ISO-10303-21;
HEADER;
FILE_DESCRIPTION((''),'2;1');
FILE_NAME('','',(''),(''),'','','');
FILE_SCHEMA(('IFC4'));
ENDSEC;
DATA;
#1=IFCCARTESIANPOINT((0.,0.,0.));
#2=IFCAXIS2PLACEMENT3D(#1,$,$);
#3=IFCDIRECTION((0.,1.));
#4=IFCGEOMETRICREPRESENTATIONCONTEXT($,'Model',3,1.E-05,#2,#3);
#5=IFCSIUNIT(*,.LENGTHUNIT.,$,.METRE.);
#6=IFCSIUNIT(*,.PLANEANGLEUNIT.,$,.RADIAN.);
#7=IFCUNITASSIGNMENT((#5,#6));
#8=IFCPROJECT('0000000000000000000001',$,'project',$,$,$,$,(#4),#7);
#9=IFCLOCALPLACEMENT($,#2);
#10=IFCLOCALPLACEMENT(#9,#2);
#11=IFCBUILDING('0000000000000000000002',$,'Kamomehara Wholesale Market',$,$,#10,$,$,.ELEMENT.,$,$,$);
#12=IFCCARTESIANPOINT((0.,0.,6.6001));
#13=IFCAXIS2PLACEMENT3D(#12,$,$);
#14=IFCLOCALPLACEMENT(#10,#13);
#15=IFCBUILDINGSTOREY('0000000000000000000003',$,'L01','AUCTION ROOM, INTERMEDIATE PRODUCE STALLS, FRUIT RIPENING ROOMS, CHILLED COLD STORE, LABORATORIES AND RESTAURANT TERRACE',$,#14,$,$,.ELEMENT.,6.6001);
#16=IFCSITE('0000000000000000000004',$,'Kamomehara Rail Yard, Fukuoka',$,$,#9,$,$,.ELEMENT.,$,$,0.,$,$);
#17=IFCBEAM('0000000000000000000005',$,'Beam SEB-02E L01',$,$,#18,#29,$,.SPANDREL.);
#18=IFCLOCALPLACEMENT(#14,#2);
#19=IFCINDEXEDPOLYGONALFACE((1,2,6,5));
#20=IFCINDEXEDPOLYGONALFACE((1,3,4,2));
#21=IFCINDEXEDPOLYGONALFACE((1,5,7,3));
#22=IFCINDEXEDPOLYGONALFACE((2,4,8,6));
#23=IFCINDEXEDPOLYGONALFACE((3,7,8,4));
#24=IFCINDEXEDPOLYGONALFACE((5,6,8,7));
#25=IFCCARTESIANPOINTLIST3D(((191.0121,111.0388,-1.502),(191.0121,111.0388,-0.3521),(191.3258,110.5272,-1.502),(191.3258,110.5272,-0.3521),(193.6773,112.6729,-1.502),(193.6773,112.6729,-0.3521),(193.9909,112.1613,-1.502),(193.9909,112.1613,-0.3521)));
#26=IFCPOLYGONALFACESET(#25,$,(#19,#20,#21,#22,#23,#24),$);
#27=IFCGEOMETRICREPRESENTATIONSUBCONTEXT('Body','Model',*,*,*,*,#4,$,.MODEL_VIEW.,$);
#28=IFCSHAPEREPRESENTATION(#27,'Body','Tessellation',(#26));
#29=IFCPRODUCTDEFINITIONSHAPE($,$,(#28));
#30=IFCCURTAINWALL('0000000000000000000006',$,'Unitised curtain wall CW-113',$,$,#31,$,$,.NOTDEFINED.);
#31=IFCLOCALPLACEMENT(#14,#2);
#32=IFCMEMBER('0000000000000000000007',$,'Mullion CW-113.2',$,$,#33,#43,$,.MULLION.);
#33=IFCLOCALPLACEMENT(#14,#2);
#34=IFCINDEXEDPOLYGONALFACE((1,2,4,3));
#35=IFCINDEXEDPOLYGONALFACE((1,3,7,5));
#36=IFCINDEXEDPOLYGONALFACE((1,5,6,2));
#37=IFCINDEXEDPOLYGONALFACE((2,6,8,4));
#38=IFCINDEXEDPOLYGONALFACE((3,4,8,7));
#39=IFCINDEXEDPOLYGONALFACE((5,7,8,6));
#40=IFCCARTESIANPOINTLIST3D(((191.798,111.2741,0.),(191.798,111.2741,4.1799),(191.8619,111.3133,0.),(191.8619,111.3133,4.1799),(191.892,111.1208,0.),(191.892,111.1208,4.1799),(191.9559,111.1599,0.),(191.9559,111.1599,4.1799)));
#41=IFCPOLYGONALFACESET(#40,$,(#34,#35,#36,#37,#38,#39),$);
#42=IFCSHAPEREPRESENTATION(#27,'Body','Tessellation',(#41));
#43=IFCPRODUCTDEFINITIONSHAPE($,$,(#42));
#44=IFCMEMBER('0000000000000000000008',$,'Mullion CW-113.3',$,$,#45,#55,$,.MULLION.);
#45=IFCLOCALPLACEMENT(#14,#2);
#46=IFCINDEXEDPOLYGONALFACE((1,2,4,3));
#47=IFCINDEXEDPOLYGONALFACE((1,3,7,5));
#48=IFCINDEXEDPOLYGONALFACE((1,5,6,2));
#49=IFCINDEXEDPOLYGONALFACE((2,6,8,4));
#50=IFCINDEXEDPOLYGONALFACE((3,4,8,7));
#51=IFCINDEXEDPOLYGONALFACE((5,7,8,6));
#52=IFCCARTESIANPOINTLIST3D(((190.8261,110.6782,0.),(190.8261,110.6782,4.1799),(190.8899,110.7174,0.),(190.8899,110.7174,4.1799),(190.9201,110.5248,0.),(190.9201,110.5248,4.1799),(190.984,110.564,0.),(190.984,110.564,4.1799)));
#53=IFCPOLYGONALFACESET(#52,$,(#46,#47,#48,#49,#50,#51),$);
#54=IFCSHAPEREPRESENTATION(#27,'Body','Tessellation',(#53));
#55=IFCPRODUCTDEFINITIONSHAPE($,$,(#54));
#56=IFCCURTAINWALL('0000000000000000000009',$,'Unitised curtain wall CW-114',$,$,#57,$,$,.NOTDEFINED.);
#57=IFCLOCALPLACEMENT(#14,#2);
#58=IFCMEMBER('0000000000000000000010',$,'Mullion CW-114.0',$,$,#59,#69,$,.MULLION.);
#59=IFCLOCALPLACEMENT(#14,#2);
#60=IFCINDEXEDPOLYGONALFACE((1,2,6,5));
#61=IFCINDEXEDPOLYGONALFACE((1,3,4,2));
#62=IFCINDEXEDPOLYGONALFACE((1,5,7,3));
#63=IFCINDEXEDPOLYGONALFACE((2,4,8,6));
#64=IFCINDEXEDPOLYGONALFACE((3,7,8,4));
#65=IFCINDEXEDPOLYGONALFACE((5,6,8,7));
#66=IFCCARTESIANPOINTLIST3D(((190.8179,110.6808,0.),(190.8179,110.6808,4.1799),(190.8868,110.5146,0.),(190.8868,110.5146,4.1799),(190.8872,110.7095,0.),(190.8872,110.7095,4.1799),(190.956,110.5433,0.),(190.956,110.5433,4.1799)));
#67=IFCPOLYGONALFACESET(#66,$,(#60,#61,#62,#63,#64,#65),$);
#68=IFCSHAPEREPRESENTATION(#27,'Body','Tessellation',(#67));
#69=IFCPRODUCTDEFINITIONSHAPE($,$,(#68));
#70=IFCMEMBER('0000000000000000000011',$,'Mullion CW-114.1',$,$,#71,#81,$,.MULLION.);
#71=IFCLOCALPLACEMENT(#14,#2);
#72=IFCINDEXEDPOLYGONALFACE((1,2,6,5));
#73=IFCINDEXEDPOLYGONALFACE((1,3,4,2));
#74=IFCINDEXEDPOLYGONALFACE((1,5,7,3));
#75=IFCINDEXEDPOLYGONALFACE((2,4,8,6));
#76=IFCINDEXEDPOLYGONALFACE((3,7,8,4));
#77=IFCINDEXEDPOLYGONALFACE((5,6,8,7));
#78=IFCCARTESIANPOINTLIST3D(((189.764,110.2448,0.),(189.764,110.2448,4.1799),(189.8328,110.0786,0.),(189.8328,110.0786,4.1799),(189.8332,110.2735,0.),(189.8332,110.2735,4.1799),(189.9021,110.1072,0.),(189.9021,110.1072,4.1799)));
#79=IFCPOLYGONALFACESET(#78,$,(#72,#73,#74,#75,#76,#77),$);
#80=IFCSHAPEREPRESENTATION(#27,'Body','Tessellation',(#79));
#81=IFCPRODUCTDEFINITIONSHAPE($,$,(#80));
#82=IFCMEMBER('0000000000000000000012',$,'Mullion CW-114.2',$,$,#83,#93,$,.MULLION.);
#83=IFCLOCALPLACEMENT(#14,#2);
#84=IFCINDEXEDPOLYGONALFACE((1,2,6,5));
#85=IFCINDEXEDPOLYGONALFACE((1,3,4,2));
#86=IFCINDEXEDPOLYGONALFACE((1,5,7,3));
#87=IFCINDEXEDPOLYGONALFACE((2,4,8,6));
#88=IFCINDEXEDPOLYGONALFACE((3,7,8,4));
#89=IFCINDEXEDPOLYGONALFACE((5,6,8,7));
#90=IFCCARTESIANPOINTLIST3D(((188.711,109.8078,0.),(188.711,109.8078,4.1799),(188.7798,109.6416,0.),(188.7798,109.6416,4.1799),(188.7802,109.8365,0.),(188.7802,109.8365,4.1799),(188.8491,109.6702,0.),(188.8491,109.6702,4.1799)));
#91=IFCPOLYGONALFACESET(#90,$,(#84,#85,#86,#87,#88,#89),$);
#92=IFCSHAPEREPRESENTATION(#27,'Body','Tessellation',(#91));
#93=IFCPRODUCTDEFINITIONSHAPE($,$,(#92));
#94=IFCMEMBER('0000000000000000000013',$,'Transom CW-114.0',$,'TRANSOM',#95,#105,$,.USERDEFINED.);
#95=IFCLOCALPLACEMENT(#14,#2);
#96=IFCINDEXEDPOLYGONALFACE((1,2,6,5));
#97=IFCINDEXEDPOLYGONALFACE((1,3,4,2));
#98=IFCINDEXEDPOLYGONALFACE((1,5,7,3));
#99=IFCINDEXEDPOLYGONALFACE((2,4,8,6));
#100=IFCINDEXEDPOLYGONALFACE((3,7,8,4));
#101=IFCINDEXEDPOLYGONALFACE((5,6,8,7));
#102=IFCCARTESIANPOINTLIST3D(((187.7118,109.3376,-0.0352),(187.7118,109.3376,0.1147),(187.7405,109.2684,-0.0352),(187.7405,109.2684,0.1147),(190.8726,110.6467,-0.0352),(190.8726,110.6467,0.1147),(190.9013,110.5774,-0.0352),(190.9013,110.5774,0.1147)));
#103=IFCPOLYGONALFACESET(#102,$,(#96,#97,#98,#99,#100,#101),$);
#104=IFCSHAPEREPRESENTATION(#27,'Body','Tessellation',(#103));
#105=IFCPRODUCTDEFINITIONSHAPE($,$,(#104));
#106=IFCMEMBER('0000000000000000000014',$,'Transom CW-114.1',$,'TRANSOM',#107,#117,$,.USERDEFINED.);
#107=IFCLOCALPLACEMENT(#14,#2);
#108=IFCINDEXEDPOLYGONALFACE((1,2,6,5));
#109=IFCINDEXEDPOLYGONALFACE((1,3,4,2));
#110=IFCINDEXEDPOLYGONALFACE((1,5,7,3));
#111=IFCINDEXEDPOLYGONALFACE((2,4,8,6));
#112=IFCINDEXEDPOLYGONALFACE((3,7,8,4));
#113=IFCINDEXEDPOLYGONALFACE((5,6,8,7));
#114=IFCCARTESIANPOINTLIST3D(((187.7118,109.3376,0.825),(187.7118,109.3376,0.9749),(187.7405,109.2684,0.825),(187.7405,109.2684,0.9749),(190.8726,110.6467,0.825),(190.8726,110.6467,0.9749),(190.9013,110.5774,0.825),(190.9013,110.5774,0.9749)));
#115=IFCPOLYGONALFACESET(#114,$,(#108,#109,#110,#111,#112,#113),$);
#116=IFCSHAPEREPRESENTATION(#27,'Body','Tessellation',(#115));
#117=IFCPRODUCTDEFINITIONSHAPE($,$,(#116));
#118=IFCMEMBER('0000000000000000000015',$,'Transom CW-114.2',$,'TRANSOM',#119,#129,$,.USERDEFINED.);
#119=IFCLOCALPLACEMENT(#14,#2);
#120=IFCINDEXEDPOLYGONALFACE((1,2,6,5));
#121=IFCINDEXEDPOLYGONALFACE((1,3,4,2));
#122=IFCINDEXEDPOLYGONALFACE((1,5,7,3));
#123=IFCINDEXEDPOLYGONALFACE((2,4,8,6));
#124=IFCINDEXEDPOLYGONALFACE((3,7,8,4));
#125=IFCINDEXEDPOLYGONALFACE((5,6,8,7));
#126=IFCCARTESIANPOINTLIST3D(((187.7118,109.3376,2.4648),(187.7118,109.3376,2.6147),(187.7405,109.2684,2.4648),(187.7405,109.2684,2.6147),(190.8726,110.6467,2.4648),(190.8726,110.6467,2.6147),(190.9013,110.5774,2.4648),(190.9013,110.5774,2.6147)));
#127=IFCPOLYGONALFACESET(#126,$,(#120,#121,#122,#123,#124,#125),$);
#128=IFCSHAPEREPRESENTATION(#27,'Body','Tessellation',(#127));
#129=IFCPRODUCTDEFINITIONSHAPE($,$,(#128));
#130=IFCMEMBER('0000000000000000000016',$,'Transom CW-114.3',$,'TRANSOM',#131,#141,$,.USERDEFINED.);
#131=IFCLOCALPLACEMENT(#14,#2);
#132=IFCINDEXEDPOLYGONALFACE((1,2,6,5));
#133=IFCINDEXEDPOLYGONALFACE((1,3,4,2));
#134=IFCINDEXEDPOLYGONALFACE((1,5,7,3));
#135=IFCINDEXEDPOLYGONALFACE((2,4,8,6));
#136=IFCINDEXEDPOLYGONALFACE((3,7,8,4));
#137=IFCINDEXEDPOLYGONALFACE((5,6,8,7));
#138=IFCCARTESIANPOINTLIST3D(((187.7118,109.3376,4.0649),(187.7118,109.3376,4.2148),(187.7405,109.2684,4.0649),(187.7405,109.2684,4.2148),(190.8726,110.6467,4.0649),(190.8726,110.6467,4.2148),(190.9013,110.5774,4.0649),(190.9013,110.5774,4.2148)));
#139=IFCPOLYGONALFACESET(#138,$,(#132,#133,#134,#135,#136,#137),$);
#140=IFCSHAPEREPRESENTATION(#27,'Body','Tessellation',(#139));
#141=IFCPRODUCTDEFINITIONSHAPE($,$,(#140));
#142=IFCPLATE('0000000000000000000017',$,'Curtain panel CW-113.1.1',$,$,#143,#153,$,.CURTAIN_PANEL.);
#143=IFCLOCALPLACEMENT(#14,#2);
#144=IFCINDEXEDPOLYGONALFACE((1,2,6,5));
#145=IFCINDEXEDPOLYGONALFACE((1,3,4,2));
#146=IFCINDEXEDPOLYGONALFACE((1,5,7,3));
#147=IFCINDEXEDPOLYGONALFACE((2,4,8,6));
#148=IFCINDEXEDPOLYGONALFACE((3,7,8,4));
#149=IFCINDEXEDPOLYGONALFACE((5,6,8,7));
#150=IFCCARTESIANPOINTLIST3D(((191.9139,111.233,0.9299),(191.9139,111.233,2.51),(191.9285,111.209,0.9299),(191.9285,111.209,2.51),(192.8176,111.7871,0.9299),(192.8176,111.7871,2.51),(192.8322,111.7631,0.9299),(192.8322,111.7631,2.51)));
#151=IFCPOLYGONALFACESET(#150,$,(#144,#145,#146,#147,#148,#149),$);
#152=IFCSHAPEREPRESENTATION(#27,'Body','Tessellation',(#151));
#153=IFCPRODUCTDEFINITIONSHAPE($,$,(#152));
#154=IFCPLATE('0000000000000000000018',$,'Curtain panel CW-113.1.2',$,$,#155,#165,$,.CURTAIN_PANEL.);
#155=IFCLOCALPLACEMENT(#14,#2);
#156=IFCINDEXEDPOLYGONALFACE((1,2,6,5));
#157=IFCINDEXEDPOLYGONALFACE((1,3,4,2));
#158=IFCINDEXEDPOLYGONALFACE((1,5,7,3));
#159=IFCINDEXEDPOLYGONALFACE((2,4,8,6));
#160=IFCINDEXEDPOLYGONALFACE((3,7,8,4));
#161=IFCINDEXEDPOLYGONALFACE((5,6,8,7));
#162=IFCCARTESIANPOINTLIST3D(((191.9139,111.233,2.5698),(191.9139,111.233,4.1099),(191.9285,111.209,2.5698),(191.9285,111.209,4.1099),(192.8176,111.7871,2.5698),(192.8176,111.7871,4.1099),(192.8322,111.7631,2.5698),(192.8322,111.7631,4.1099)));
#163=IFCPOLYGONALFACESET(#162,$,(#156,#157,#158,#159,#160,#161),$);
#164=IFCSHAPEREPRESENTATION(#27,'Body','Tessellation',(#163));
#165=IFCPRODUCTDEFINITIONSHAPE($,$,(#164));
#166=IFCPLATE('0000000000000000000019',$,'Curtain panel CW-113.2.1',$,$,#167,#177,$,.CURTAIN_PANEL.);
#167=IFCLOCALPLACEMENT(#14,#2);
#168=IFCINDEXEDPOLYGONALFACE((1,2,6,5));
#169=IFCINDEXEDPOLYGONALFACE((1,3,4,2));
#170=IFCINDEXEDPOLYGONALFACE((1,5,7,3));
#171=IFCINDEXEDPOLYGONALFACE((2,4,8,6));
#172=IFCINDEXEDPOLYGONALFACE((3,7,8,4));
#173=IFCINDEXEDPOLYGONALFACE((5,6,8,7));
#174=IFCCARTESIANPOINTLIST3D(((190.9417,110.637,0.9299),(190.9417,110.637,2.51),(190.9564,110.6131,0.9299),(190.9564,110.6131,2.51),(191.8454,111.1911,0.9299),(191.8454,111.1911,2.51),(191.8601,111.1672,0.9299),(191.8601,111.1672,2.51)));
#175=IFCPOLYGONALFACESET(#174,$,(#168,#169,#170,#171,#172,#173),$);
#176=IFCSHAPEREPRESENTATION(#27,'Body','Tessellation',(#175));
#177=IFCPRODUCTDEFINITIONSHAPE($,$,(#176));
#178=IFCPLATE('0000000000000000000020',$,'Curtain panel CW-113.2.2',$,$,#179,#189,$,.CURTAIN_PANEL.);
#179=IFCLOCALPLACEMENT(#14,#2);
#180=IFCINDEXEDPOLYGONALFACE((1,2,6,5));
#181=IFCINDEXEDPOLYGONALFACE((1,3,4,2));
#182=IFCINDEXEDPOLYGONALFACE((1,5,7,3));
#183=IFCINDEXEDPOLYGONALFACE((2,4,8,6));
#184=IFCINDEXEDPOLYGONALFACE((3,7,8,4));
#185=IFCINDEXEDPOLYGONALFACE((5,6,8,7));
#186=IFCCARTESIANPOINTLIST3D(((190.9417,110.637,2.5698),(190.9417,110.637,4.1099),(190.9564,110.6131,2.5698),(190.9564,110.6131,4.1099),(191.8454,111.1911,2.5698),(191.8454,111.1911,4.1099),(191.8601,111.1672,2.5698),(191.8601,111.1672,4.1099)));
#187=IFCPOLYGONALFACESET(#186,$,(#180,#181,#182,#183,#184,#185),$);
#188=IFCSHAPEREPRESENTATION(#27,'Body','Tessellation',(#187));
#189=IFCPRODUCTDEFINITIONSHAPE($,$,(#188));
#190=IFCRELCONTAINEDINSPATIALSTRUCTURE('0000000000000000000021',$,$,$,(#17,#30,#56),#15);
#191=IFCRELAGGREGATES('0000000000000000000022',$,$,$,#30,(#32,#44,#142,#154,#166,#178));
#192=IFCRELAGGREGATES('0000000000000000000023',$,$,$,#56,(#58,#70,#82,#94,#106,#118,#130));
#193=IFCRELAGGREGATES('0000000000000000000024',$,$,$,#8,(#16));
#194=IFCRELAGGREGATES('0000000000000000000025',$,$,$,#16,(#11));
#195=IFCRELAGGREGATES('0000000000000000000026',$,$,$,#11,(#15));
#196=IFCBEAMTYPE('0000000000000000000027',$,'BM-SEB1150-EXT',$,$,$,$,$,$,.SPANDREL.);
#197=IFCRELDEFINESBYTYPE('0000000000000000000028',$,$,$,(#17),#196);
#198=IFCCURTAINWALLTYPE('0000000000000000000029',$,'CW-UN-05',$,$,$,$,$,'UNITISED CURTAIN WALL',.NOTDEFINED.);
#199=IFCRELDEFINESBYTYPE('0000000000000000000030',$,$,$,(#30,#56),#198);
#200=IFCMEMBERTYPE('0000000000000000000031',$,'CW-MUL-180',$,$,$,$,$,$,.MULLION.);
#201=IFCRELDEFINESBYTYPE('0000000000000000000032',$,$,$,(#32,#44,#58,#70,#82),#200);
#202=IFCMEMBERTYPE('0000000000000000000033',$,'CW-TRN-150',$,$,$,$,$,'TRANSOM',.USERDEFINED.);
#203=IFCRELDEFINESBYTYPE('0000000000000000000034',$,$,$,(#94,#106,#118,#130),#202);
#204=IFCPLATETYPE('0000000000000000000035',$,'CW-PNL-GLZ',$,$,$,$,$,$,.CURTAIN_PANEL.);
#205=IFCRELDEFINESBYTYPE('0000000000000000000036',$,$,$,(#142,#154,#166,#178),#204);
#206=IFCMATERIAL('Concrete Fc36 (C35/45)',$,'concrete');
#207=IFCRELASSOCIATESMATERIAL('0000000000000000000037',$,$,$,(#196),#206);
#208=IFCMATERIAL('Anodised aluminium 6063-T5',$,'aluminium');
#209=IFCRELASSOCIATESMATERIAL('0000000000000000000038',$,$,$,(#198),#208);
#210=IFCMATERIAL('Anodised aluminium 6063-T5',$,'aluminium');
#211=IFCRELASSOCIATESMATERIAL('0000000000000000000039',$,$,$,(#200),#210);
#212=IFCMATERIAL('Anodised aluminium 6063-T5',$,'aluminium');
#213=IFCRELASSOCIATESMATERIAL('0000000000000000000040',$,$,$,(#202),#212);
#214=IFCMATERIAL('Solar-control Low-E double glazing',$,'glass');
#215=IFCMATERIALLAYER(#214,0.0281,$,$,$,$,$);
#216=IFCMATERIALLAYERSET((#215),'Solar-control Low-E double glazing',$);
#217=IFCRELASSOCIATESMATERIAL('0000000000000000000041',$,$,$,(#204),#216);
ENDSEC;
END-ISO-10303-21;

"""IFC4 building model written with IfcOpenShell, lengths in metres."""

from ifc_helpers import new_model, si_unit, direction, frame, origin, origin_2d, place, context, subcontext, project, spatial, rectangle, extrude, material, layer, layer_set, material_profile, profile_set, type_object, element, aggregate, save


model = new_model("IFC4")

# Units and contexts
model_context = context("Model", 3, precision=1e-05, world=origin(), true_north=direction((0.0, 1.0)))
body_context = subcontext(model_context, "Body", "Model", "MODEL_VIEW")
ifc_project = project(units=[si_unit("LENGTHUNIT", "METRE"), si_unit("PLANEANGLEUNIT", "RADIAN")], contexts=[model_context])

# Site, building, storey
site_placement = place(None, origin())
site = spatial("IfcSite", under=ifc_project, at=site_placement, Name="Kamomehara Rail Yard, Fukuoka", CompositionType="ELEMENT", RefElevation=0.0)
building_placement = place(site_placement, origin())
building = spatial("IfcBuilding", under=site, at=building_placement, Name="Kamomehara Wholesale Market", CompositionType="ELEMENT")
storey_placement = place(building_placement, frame((0.0, 0.0, 6.6001)))
storey = spatial("IfcBuildingStorey", under=building, at=storey_placement, Name="L01", Description="AUCTION ROOM, INTERMEDIATE PRODUCE STALLS, FRUIT RIPENING ROOMS, CHILLED COLD STORE, LABORATORIES AND RESTAURANT TERRACE", CompositionType="ELEMENT", Elevation=6.6001)

# Beam
ifc_material_1 = material(Name="Concrete Fc36 (C35/45)", Category="concrete")
ifc_material_profile_1 = material_profile(ifc_material_1, rectangle(XDim=0.6001, YDim=1.1499, at=origin_2d()), Name="RC-SEB-600x1150")
ifc_profile_set_1 = profile_set([ifc_material_profile_1], Name="Concrete Fc36 (C35/45)")
beam_type = type_object("IfcBeamType", Name="BM-SEB1150-EXT", PredefinedType="SPANDREL", material=ifc_profile_set_1)
beam_placement = place(storey_placement, frame((191.1689, 110.783, -0.927), z_axis=(0.852513, 0.522707, 0.0), x_axis=(-0.522707, 0.852513, 0.0)))
element("IfcBeam", 1, at=beam_placement, inside=storey, type_object=beam_type, Name="Beam SEB-02E L01", PredefinedType="SPANDREL", context=body_context, shape_type="SweptSolid", body=[
    extrude(rectangle(XDim=0.6001, YDim=1.1499, at=origin_2d()), origin(), (0.0, 0.0, 1.0), 3.1262),
])

# Curtain walls, members
ifc_material_2 = material(Name="Anodised aluminium 6063-T5", Category="aluminium")
curtain_wall_type = type_object("IfcCurtainWallType", Name="CW-UN-05", ElementType="UNITISED CURTAIN WALL", PredefinedType="NOTDEFINED", material=ifc_material_2)
curtain_wall_1_placement = place(storey_placement, origin())
curtain_wall_1 = element("IfcCurtainWall", 2, at=curtain_wall_1_placement, inside=storey, type_object=curtain_wall_type, Name="Unitised curtain wall CW-113", PredefinedType="NOTDEFINED")
ifc_material_3 = material(Name="Anodised aluminium 6063-T5", Category="aluminium")
ifc_material_profile_2 = material_profile(ifc_material_3, rectangle(XDim=0.075, YDim=0.1799, at=origin_2d()), Name="ALU-MUL-75x180")
ifc_profile_set_2 = profile_set([ifc_material_profile_2], Name="Anodised aluminium 6063-T5")
member_type_1 = type_object("IfcMemberType", Name="CW-MUL-180", PredefinedType="MULLION", material=ifc_profile_set_2)
member_1_placement = place(storey_placement, frame((191.877, 111.217, 0.0), z_axis=(0.0, 0.0, 1.0), x_axis=(-0.852501, -0.522726, 0.0)))
member_1 = element("IfcMember", 3, at=member_1_placement, type_object=member_type_1, Name="Mullion CW-113.2", PredefinedType="MULLION", context=body_context, shape_type="SweptSolid", body=[
    extrude(rectangle(XDim=0.075, YDim=0.1799, at=origin_2d()), origin(), (0.0, 0.0, 1.0), 4.1799),
])
member_2_placement = place(storey_placement, frame((190.905, 110.6211, 0.0), z_axis=(0.0, 0.0, 1.0), x_axis=(-0.852501, -0.522726, 0.0)))
member_2 = element("IfcMember", 4, at=member_2_placement, type_object=member_type_1, Name="Mullion CW-113.3", PredefinedType="MULLION", context=body_context, shape_type="SweptSolid", body=[
    extrude(rectangle(XDim=0.075, YDim=0.1799, at=origin_2d()), origin(), (0.0, 0.0, 1.0), 4.1799),
])
curtain_wall_2_placement = place(storey_placement, origin())
curtain_wall_2 = element("IfcCurtainWall", 5, at=curtain_wall_2_placement, inside=storey, type_object=curtain_wall_type, Name="Unitised curtain wall CW-114", PredefinedType="NOTDEFINED")
member_3_placement = place(storey_placement, frame((190.887, 110.6121, 0.0), z_axis=(0.0, 0.0, 1.0), x_axis=(-0.923914, -0.382601, 0.0)))
member_3 = element("IfcMember", 6, at=member_3_placement, type_object=member_type_1, Name="Mullion CW-114.0", PredefinedType="MULLION", context=body_context, shape_type="SweptSolid", body=[
    extrude(rectangle(XDim=0.075, YDim=0.1799, at=origin_2d()), origin(), (0.0, 0.0, 1.0), 4.1799),
])
member_4_placement = place(storey_placement, frame((189.833, 110.176, 0.0), z_axis=(0.0, 0.0, 1.0), x_axis=(-0.923914, -0.382601, 0.0)))
member_4 = element("IfcMember", 7, at=member_4_placement, type_object=member_type_1, Name="Mullion CW-114.1", PredefinedType="MULLION", context=body_context, shape_type="SweptSolid", body=[
    extrude(rectangle(XDim=0.075, YDim=0.1799, at=origin_2d()), origin(), (0.0, 0.0, 1.0), 4.1799),
])
member_5_placement = place(storey_placement, frame((188.78, 109.739, 0.0), z_axis=(0.0, 0.0, 1.0), x_axis=(-0.923914, -0.382601, 0.0)))
member_5 = element("IfcMember", 8, at=member_5_placement, type_object=member_type_1, Name="Mullion CW-114.2", PredefinedType="MULLION", context=body_context, shape_type="SweptSolid", body=[
    extrude(rectangle(XDim=0.075, YDim=0.1799, at=origin_2d()), origin(), (0.0, 0.0, 1.0), 4.1799),
])
ifc_material_4 = material(Name="Anodised aluminium 6063-T5", Category="aluminium")
ifc_material_profile_3 = material_profile(ifc_material_4, rectangle(XDim=0.075, YDim=0.1499, at=origin_2d()), Name="ALU-TRN-75x150")
ifc_profile_set_3 = profile_set([ifc_material_profile_3], Name="Anodised aluminium 6063-T5")
member_type_2 = type_object("IfcMemberType", Name="CW-TRN-150", ElementType="TRANSOM", PredefinedType="USERDEFINED", material=ifc_profile_set_3)
member_6_placement = place(storey_placement, frame((190.887, 110.6121, 0.0398), z_axis=(-0.9239, -0.382633, 0.0), x_axis=(0.382633, -0.9239, 0.0)))
member_6 = element("IfcMember", 9, at=member_6_placement, type_object=member_type_2, Name="Transom CW-114.0", ObjectType="TRANSOM", PredefinedType="USERDEFINED", context=body_context, shape_type="SweptSolid", body=[
    extrude(rectangle(XDim=0.075, YDim=0.1499, at=origin_2d()), origin(), (0.0, 0.0, 1.0), 3.4211),
])
member_7_placement = place(storey_placement, frame((190.887, 110.6121, 0.8999), z_axis=(-0.9239, -0.382633, 0.0), x_axis=(0.382633, -0.9239, 0.0)))
member_7 = element("IfcMember", 10, at=member_7_placement, type_object=member_type_2, Name="Transom CW-114.1", ObjectType="TRANSOM", PredefinedType="USERDEFINED", context=body_context, shape_type="SweptSolid", body=[
    extrude(rectangle(XDim=0.075, YDim=0.1499, at=origin_2d()), origin(), (0.0, 0.0, 1.0), 3.4211),
])
member_8_placement = place(storey_placement, frame((190.887, 110.6121, 2.5398), z_axis=(-0.9239, -0.382633, 0.0), x_axis=(0.382633, -0.9239, 0.0)))
member_8 = element("IfcMember", 11, at=member_8_placement, type_object=member_type_2, Name="Transom CW-114.2", ObjectType="TRANSOM", PredefinedType="USERDEFINED", context=body_context, shape_type="SweptSolid", body=[
    extrude(rectangle(XDim=0.075, YDim=0.1499, at=origin_2d()), origin(), (0.0, 0.0, 1.0), 3.4211),
])
member_9_placement = place(storey_placement, frame((190.887, 110.6121, 4.1399), z_axis=(-0.9239, -0.382633, 0.0), x_axis=(0.382633, -0.9239, 0.0)))
member_9 = element("IfcMember", 12, at=member_9_placement, type_object=member_type_2, Name="Transom CW-114.3", ObjectType="TRANSOM", PredefinedType="USERDEFINED", context=body_context, shape_type="SweptSolid", body=[
    extrude(rectangle(XDim=0.075, YDim=0.1499, at=origin_2d()), origin(), (0.0, 0.0, 1.0), 3.4211),
])

# Plates
ifc_material_5 = material(Name="Solar-control Low-E double glazing", Category="glass")
ifc_layer_1 = layer(ifc_material_5, 0.0281)
ifc_layer_set_1 = layer_set([ifc_layer_1], Name="Solar-control Low-E double glazing")
plate_type_1 = type_object("IfcPlateType", Name="CW-PNL-GLZ", PredefinedType="CURTAIN_PANEL", material=ifc_layer_set_1)
plate_1_placement = place(storey_placement, frame((192.373, 111.498, 0.9299), z_axis=(0.0, 0.0, 1.0), x_axis=(-0.852503, -0.522722, 0.0)))
plate_1 = element("IfcPlate", 13, at=plate_1_placement, type_object=plate_type_1, Name="Curtain panel CW-113.1.1", PredefinedType="CURTAIN_PANEL", context=body_context, shape_type="SweptSolid", body=[
    extrude(rectangle(XDim=1.0601, YDim=0.0281, at=origin_2d()), origin(), (0.0, 0.0, 1.0), 1.5801),
])
plate_2_placement = place(storey_placement, frame((192.373, 111.498, 2.5698), z_axis=(0.0, 0.0, 1.0), x_axis=(-0.852503, -0.522722, 0.0)))
plate_2 = element("IfcPlate", 14, at=plate_2_placement, type_object=plate_type_1, Name="Curtain panel CW-113.1.2", PredefinedType="CURTAIN_PANEL", context=body_context, shape_type="SweptSolid", body=[
    extrude(rectangle(XDim=1.0601, YDim=0.0281, at=origin_2d()), origin(), (0.0, 0.0, 1.0), 1.54),
])
plate_3_placement = place(storey_placement, frame((191.4009, 110.9021, 0.9299), z_axis=(0.0, 0.0, 1.0), x_axis=(-0.852503, -0.522722, 0.0)))
plate_3 = element("IfcPlate", 15, at=plate_3_placement, type_object=plate_type_1, Name="Curtain panel CW-113.2.1", PredefinedType="CURTAIN_PANEL", context=body_context, shape_type="SweptSolid", body=[
    extrude(rectangle(XDim=1.0601, YDim=0.0281, at=origin_2d()), origin(), (0.0, 0.0, 1.0), 1.5801),
])
plate_4_placement = place(storey_placement, frame((191.4009, 110.9021, 2.5698), z_axis=(0.0, 0.0, 1.0), x_axis=(-0.852503, -0.522722, 0.0)))
plate_4 = element("IfcPlate", 16, at=plate_4_placement, type_object=plate_type_1, Name="Curtain panel CW-113.2.2", PredefinedType="CURTAIN_PANEL", context=body_context, shape_type="SweptSolid", body=[
    extrude(rectangle(XDim=1.0601, YDim=0.0281, at=origin_2d()), origin(), (0.0, 0.0, 1.0), 1.54),
])
aggregate(curtain_wall_1, [member_1, member_2, plate_1, plate_2, plate_3, plate_4])
aggregate(curtain_wall_2, [member_3, member_4, member_5, member_6, member_7, member_8, member_9])

save(model, "model.ifc")
